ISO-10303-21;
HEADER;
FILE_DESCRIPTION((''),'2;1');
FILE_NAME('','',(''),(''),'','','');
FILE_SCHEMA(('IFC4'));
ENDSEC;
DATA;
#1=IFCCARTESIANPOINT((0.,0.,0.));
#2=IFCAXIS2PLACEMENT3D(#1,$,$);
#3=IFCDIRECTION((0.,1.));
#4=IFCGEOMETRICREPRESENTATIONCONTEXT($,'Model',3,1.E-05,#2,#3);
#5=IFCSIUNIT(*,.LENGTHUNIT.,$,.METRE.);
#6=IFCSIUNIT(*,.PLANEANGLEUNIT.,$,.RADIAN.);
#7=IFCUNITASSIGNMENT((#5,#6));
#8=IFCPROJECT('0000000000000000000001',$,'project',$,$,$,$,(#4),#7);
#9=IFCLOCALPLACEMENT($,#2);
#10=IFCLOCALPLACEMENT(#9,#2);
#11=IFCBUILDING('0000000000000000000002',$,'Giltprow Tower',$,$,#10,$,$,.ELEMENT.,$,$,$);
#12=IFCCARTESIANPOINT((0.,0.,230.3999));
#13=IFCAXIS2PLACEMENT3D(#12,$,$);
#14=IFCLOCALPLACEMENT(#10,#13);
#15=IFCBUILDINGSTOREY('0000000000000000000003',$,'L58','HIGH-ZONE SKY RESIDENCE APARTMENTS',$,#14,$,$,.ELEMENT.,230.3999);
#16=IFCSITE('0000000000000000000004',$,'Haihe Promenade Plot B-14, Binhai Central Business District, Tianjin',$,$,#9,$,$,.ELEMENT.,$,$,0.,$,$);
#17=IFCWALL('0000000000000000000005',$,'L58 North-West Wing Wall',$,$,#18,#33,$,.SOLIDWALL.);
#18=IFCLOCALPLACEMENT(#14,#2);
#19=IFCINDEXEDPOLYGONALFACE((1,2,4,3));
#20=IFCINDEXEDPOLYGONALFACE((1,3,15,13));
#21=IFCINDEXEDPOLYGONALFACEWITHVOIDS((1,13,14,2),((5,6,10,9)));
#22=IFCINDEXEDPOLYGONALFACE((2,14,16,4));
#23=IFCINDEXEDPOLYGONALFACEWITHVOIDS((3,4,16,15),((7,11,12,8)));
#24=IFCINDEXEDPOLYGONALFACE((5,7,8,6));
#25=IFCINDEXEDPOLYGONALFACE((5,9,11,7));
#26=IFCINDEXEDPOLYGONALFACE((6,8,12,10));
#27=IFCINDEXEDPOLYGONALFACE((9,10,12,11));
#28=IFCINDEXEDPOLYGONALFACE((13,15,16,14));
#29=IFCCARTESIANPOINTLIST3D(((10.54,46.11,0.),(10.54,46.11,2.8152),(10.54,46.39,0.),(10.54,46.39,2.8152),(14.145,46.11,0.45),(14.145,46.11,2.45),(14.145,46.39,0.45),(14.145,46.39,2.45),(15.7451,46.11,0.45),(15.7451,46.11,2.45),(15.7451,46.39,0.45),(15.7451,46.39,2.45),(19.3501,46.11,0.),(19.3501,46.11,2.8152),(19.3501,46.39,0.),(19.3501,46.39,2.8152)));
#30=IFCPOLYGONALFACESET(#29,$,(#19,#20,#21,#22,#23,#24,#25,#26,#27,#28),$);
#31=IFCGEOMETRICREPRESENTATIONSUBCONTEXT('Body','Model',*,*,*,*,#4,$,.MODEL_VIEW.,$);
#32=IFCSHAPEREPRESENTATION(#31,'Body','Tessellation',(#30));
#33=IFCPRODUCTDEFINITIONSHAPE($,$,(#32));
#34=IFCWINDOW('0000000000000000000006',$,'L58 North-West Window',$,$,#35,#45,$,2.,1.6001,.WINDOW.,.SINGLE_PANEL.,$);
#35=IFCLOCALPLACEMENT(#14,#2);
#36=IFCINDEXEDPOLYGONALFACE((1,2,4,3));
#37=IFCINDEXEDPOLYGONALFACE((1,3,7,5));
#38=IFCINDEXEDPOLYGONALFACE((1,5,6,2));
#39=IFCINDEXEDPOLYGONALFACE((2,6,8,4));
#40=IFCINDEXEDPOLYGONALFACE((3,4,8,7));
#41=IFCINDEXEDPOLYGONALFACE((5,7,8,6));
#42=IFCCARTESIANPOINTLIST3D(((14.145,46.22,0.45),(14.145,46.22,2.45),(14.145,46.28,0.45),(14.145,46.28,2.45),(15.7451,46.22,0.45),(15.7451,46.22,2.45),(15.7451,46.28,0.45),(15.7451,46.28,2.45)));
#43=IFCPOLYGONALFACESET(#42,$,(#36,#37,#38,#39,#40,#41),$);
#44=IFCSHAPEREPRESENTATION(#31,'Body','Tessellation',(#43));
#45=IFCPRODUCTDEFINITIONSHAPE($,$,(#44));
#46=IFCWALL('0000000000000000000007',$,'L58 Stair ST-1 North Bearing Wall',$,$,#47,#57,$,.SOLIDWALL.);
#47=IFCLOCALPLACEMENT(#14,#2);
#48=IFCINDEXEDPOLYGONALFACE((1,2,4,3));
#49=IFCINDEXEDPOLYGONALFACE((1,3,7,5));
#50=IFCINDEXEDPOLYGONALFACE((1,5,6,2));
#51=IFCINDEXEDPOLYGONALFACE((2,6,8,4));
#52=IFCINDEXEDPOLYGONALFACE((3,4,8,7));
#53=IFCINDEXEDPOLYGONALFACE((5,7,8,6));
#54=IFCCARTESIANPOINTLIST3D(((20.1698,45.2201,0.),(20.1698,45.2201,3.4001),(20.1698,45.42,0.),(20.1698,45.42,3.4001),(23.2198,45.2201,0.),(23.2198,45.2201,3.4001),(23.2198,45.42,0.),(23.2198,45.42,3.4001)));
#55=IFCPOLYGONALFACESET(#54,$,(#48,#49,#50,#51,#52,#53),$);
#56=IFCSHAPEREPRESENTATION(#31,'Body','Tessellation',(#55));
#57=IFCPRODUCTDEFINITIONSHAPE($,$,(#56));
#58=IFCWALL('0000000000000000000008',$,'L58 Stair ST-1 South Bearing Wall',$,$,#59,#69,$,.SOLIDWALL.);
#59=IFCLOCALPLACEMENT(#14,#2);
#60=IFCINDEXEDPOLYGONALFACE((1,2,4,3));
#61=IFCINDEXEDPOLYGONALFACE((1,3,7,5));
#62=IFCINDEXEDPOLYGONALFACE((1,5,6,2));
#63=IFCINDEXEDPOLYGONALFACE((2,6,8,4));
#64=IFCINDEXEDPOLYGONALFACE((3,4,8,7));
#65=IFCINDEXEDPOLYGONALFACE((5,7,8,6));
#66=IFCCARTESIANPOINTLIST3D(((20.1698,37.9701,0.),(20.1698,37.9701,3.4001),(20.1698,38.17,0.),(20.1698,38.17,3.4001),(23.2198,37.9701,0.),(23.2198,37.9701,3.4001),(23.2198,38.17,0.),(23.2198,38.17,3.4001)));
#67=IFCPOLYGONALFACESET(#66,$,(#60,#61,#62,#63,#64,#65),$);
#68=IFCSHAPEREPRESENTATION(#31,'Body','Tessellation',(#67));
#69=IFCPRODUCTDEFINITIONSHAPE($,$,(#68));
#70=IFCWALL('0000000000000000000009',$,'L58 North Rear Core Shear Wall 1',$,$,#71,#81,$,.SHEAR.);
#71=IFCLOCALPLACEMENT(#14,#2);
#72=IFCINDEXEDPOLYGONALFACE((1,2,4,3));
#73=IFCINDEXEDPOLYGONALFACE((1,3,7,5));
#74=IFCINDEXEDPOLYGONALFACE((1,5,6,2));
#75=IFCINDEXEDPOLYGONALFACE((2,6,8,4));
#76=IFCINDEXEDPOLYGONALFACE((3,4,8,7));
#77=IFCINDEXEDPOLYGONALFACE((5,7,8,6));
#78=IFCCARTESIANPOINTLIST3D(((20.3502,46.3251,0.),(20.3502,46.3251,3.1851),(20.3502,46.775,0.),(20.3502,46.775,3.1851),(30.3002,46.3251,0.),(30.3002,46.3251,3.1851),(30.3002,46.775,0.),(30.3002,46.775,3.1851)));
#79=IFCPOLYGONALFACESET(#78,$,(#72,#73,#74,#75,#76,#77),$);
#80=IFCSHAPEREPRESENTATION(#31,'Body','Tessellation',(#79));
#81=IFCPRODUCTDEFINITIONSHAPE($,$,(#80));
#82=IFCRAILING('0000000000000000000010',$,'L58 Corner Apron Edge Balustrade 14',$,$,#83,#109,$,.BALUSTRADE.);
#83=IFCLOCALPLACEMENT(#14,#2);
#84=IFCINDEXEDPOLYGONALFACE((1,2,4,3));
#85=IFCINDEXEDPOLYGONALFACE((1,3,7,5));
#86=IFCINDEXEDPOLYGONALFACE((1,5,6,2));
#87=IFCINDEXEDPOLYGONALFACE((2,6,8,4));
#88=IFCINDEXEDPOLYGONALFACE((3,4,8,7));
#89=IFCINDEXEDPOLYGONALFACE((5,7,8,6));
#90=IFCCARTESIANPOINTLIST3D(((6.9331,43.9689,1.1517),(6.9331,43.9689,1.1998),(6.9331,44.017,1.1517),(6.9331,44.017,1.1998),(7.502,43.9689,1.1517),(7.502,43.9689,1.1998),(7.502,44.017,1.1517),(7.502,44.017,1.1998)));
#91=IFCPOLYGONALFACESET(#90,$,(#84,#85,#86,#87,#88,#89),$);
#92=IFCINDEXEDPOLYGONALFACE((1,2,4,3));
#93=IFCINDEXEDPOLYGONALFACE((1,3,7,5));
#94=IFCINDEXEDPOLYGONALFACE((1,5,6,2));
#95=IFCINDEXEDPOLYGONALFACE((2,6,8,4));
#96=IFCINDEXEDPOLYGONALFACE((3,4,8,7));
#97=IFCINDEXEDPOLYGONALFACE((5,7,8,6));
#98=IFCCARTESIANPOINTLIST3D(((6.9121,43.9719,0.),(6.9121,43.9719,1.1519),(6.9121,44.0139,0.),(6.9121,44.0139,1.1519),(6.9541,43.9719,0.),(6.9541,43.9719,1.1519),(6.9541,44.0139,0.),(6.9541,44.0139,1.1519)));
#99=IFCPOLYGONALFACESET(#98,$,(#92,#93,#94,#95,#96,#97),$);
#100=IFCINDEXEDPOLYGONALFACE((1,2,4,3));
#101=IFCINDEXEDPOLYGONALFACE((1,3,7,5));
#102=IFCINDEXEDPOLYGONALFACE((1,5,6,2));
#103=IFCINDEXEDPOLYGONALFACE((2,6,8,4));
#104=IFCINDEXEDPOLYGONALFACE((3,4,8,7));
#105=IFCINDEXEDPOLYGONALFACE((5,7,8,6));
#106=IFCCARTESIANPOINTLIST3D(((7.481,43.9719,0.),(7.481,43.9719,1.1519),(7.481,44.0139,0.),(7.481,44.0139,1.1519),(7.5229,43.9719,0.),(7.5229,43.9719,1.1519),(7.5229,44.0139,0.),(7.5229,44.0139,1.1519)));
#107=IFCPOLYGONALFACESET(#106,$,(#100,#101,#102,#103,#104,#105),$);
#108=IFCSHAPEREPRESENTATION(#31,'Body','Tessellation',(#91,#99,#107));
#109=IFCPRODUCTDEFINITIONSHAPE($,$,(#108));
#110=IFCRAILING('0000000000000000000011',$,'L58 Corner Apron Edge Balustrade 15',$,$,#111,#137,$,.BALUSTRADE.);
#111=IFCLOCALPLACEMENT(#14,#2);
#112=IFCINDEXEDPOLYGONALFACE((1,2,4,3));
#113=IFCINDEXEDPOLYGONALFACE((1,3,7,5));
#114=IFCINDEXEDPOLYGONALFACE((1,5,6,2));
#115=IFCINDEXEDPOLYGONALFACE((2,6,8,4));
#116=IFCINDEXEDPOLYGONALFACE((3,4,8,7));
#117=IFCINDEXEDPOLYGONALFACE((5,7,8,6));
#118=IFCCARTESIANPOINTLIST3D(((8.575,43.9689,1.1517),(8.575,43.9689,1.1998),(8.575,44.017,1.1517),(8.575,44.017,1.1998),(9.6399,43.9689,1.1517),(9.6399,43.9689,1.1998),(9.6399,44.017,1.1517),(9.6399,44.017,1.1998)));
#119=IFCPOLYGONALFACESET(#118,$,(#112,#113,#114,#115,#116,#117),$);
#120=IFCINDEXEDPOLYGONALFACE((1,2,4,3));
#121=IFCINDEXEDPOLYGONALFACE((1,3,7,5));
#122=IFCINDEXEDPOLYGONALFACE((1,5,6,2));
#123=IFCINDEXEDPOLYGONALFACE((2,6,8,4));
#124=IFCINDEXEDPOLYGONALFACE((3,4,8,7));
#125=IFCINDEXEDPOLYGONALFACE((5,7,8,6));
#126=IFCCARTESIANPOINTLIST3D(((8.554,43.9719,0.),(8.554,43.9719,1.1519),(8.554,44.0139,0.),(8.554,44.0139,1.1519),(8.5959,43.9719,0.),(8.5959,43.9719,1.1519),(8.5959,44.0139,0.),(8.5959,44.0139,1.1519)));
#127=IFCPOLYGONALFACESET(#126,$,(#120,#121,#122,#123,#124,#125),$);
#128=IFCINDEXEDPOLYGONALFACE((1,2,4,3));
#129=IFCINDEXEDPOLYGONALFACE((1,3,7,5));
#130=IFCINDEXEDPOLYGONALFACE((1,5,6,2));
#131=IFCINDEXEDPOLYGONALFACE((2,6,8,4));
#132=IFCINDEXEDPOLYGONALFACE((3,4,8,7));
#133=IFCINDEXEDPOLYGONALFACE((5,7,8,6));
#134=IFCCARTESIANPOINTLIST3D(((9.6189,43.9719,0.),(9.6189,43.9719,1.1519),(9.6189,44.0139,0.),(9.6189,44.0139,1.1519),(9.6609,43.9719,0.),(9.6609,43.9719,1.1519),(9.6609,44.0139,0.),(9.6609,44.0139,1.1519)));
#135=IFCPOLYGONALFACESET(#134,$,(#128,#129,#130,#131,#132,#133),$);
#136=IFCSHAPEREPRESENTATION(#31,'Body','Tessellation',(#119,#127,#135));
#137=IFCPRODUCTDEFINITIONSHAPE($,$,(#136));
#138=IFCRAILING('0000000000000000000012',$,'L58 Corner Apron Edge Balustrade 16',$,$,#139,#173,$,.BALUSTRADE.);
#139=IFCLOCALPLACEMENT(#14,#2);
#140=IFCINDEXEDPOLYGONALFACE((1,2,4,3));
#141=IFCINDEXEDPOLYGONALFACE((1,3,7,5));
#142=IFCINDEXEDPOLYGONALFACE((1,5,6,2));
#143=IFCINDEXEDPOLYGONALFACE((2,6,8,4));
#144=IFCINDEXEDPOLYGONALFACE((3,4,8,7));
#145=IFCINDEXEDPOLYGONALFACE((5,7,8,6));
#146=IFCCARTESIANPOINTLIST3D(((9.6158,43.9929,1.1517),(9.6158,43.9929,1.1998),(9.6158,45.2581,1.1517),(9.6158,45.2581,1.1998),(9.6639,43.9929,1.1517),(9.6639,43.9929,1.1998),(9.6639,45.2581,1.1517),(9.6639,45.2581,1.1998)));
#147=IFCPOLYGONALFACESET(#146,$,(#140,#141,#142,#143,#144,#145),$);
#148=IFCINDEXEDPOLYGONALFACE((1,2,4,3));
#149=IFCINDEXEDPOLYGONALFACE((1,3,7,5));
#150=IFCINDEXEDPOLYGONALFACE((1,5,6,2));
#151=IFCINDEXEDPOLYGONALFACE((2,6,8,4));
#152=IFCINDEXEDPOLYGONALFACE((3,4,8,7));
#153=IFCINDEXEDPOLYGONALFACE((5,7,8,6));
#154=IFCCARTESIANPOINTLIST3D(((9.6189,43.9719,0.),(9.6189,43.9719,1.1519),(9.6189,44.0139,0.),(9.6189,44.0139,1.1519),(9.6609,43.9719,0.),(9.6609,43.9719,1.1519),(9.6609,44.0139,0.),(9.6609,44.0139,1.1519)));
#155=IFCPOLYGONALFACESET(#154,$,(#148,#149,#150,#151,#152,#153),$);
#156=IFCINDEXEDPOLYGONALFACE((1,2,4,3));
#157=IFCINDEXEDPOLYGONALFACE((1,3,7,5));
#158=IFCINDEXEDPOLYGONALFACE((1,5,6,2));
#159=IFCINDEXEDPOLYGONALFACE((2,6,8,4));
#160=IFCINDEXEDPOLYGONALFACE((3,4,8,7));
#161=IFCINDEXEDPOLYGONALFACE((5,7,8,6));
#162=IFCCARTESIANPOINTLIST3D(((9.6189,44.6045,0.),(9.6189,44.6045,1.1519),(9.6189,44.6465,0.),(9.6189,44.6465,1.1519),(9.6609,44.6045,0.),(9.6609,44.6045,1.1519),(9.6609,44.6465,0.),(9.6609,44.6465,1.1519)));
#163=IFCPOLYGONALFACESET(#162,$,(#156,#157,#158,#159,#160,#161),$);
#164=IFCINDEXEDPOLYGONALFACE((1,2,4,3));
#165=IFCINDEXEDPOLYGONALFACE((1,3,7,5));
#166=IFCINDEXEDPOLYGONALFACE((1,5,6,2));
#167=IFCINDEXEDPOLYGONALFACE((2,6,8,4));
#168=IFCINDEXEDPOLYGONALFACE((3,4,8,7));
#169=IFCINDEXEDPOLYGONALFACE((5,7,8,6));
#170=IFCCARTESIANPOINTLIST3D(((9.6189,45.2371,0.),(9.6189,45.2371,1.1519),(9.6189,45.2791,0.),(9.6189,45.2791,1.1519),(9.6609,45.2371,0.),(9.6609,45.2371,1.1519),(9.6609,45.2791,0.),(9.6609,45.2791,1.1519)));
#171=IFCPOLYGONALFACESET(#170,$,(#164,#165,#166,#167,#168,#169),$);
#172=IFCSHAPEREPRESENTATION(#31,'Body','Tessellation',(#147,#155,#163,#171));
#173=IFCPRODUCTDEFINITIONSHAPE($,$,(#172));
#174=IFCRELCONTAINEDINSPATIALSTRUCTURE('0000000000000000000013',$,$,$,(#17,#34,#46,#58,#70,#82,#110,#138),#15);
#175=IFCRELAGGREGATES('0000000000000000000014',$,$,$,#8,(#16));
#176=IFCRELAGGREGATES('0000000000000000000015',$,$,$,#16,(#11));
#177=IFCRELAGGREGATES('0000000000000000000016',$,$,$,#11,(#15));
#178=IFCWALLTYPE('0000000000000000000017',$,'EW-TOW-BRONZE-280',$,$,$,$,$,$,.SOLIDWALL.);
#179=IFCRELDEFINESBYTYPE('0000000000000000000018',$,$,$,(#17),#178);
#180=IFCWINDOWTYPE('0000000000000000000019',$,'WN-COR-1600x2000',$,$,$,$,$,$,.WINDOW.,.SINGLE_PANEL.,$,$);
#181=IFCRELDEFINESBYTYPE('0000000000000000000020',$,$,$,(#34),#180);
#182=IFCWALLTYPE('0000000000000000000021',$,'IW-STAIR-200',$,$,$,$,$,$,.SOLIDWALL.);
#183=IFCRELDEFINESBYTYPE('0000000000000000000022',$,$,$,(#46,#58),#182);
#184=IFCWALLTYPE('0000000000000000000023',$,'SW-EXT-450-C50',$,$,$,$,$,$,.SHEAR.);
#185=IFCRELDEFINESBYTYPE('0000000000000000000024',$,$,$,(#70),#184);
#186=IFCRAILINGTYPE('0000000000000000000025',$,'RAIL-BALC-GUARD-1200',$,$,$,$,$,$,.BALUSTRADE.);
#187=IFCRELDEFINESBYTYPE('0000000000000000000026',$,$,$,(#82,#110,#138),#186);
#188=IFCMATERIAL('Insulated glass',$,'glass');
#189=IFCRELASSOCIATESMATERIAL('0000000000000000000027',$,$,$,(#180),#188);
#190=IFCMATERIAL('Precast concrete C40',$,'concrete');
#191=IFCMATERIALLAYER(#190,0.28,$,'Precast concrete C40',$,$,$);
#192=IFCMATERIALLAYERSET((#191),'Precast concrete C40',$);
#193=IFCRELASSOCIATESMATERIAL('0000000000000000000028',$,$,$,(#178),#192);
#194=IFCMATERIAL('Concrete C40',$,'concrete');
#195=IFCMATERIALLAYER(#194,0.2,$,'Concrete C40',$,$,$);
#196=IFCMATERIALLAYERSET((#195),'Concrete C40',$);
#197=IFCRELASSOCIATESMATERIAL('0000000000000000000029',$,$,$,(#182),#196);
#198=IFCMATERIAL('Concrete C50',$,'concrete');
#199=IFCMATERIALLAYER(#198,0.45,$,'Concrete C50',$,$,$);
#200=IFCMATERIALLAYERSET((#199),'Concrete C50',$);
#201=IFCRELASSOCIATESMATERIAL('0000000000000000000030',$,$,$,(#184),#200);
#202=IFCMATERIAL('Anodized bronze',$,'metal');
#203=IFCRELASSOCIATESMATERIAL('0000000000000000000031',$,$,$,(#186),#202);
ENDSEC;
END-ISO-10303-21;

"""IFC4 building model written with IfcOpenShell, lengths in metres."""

from ifc_helpers import new_model, si_unit, direction, frame, frame_2d, origin, origin_2d, place, context, subcontext, project, spatial, rectangle, extrude, source, transform, mapped, material, layer, layer_set, type_object, element, fill, save


model = new_model("IFC4")

# Units and contexts
model_context = context("Model", 3, precision=1e-05, world=origin(), true_north=direction((0.0, 1.0)))
body_context = subcontext(model_context, "Body", "Model", "MODEL_VIEW")
ifc_project = project(units=[si_unit("LENGTHUNIT", "METRE"), si_unit("PLANEANGLEUNIT", "RADIAN")], contexts=[model_context])

# Site, building, storey
site_placement = place(None, origin())
site = spatial("IfcSite", under=ifc_project, at=site_placement, Name="Haihe Promenade Plot B-14, Binhai Central Business District, Tianjin", CompositionType="ELEMENT", RefElevation=0.0)
building_placement = place(site_placement, origin())
building = spatial("IfcBuilding", under=site, at=building_placement, Name="Giltprow Tower", CompositionType="ELEMENT")
storey_placement = place(building_placement, frame((0.0, 0.0, 230.3999)))
storey = spatial("IfcBuildingStorey", under=building, at=storey_placement, Name="L58", Description="HIGH-ZONE SKY RESIDENCE APARTMENTS", CompositionType="ELEMENT", Elevation=230.3999)

# Shared definitions
ifc_material_1 = material(Name="Concrete C50", Category="concrete")

# Wall, opening, window
ifc_material_2 = material(Name="Precast concrete C40", Category="concrete")
ifc_material_3 = material(Name="Insulated glass", Category="glass")
window_type = type_object("IfcWindowType", Name="WN-COR-1600x2000", PartitioningType="SINGLE_PANEL", PredefinedType="WINDOW", material=ifc_material_3)
shared_shape_1 = source(origin(), body_context, "Body", "SweptSolid", [
    extrude(rectangle(XDim=1.6001, YDim=2.0, at=frame_2d((0.8, 1.0))), frame((0.0, 0.03, 0.0), z_axis=(0.0, -1.0, 0.0), x_axis=(1.0, 0.0, 0.0)), (0.0, 0.0, 1.0), 0.0601),
])
ifc_layer_1 = layer(ifc_material_2, 0.28, Name="Precast concrete C40")
ifc_layer_set_1 = layer_set([ifc_layer_1], Name="Precast concrete C40")
wall_type_1 = type_object("IfcWallType", Name="EW-TOW-BRONZE-280", PredefinedType="SOLIDWALL", material=ifc_layer_set_1)
wall_1_placement = place(storey_placement, frame((10.54, 46.25, 0.0), z_axis=(0.0, 0.0, 1.0), x_axis=(1.0, 0.0, 0.0)))
wall_1 = element("IfcWall", 1, at=wall_1_placement, inside=storey, type_object=wall_type_1, Name="L58 North-West Wing Wall", PredefinedType="SOLIDWALL", context=body_context, shape_type="SweptSolid", body=[
    extrude(rectangle(XDim=8.8101, YDim=0.28, at=frame_2d((4.405, 0.0))), origin(), (0.0, 0.0, 1.0), 2.8152),
])
opening_1_placement = place(wall_1_placement, frame((3.605, 0.0, 0.45)))
opening_1 = element("IfcOpeningElement", 2, at=opening_1_placement, cuts=wall_1, PredefinedType="OPENING", context=body_context, shape_type="SweptSolid", body=[
    extrude(rectangle(XDim=1.6001, YDim=2.0, at=frame_2d((0.8, 1.0))), frame((0.0, 0.1499, 0.0), z_axis=(0.0, -1.0, 0.0), x_axis=(1.0, 0.0, 0.0)), (0.0, 0.0, 1.0), 0.3),
])
window_1_placement = place(opening_1_placement, origin())
window_1 = element("IfcWindow", 3, at=window_1_placement, inside=storey, type_object=window_type, Name="L58 North-West Window", OverallHeight=2.0, OverallWidth=1.6001, PartitioningType="SINGLE_PANEL", PredefinedType="WINDOW", context=body_context, shape_type="MappedRepresentation", body=[
    mapped(shared_shape_1, transform((0.0, 0.0, 0.0), x_axis=(1.0, 0.0, 0.0), y_axis=(0.0, 1.0, 0.0), z_axis=(0.0, 0.0, 1.0), scale=1.0)),
])
fill(opening_1, window_1)

# Walls
ifc_material_4 = material(Name="Concrete C40", Category="concrete")
ifc_layer_2 = layer(ifc_material_4, 0.2, Name="Concrete C40")
ifc_layer_set_2 = layer_set([ifc_layer_2], Name="Concrete C40")
wall_type_2 = type_object("IfcWallType", Name="IW-STAIR-200", PredefinedType="SOLIDWALL", material=ifc_layer_set_2)
for number, where, z_axis, x_axis, name in (
    (4, (20.1699, 45.3201, 0.0), (0.0, 0.0, 1.0), (1.0, 0.0, 0.0), "L58 Stair ST-1 North Bearing Wall"),
    (5, (20.1699, 38.0701, 0.0), (0.0, 0.0, 1.0), (1.0, 0.0, 0.0), "L58 Stair ST-1 South Bearing Wall"),
):
    element("IfcWall", number, at=place(storey_placement, frame(where, z_axis=z_axis, x_axis=x_axis)), inside=storey, type_object=wall_type_2, Name=name, PredefinedType="SOLIDWALL", context=body_context, shape_type="SweptSolid", body=[
        extrude(rectangle(XDim=3.05, YDim=0.2, at=frame_2d((1.5249, 0.0))), origin(), (0.0, 0.0, 1.0), 3.4001),
    ])
ifc_layer_3 = layer(ifc_material_1, 0.45, Name="Concrete C50")
ifc_layer_set_3 = layer_set([ifc_layer_3], Name="Concrete C50")
wall_type_3 = type_object("IfcWallType", Name="SW-EXT-450-C50", PredefinedType="SHEAR", material=ifc_layer_set_3)
wall_2_placement = place(storey_placement, frame((20.3501, 46.55, 0.0), z_axis=(0.0, 0.0, 1.0), x_axis=(1.0, 0.0, 0.0)))
element("IfcWall", 6, at=wall_2_placement, inside=storey, type_object=wall_type_3, Name="L58 North Rear Core Shear Wall 1", PredefinedType="SHEAR", context=body_context, shape_type="SweptSolid", body=[
    extrude(rectangle(XDim=9.95, YDim=0.45, at=frame_2d((4.9751, 0.0))), origin(), (0.0, 0.0, 1.0), 3.1851),
])

# Railings
ifc_material_5 = material(Name="Anodized bronze", Category="metal")
railing_type_1 = type_object("IfcRailingType", Name="RAIL-BALC-GUARD-1200", PredefinedType="BALUSTRADE", material=ifc_material_5)
railing_1_placement = place(storey_placement, frame((6.9331, 43.9929, 0.0)))
element("IfcRailing", 7, at=railing_1_placement, inside=storey, type_object=railing_type_1, Name="L58 Corner Apron Edge Balustrade 14", PredefinedType="BALUSTRADE", context=body_context, shape_type="SweptSolid", body=[
    extrude(rectangle(XDim=0.0481, YDim=0.0481, at=origin_2d()), frame((0.0, 0.0, 1.1758), z_axis=(1.0, 0.0, 0.0), x_axis=(0.0, 1.0, 0.0)), (0.0, 0.0, 1.0), 0.5688),
    extrude(rectangle(XDim=0.042, YDim=0.042, at=origin_2d()), origin(), (0.0, 0.0, 1.0), 1.1519),
    extrude(rectangle(XDim=0.042, YDim=0.042, at=origin_2d()), frame((0.5688, 0.0, 0.0)), (0.0, 0.0, 1.0), 1.1519),
])
railing_2_placement = place(storey_placement, frame((8.575, 43.9929, 0.0)))
element("IfcRailing", 8, at=railing_2_placement, inside=storey, type_object=railing_type_1, Name="L58 Corner Apron Edge Balustrade 15", PredefinedType="BALUSTRADE", context=body_context, shape_type="SweptSolid", body=[
    extrude(rectangle(XDim=0.0481, YDim=0.0481, at=origin_2d()), frame((0.0, 0.0, 1.1758), z_axis=(1.0, 0.0, 0.0), x_axis=(0.0, 1.0, 0.0)), (0.0, 0.0, 1.0), 1.0649),
    extrude(rectangle(XDim=0.042, YDim=0.042, at=origin_2d()), origin(), (0.0, 0.0, 1.0), 1.1519),
    extrude(rectangle(XDim=0.042, YDim=0.042, at=origin_2d()), frame((1.0649, 0.0, 0.0)), (0.0, 0.0, 1.0), 1.1519),
])
railing_3_placement = place(storey_placement, frame((9.6399, 43.9929, 0.0)))
element("IfcRailing", 9, at=railing_3_placement, inside=storey, type_object=railing_type_1, Name="L58 Corner Apron Edge Balustrade 16", PredefinedType="BALUSTRADE", context=body_context, shape_type="SweptSolid", body=[
    extrude(rectangle(XDim=0.0481, YDim=0.0481, at=origin_2d()), frame((0.0, 0.0, 1.1758), z_axis=(0.0, 1.0, 0.0), x_axis=(-1.0, 0.0, 0.0)), (0.0, 0.0, 1.0), 1.2651),
    extrude(rectangle(XDim=0.042, YDim=0.042, at=origin_2d()), origin(), (0.0, 0.0, 1.0), 1.1519),
    extrude(rectangle(XDim=0.042, YDim=0.042, at=origin_2d()), frame((0.0, 0.6326, 0.0)), (0.0, 0.0, 1.0), 1.1519),
    extrude(rectangle(XDim=0.042, YDim=0.042, at=origin_2d()), frame((0.0, 1.2651, 0.0)), (0.0, 0.0, 1.0), 1.1519),
])

save(model, "model.ifc")
